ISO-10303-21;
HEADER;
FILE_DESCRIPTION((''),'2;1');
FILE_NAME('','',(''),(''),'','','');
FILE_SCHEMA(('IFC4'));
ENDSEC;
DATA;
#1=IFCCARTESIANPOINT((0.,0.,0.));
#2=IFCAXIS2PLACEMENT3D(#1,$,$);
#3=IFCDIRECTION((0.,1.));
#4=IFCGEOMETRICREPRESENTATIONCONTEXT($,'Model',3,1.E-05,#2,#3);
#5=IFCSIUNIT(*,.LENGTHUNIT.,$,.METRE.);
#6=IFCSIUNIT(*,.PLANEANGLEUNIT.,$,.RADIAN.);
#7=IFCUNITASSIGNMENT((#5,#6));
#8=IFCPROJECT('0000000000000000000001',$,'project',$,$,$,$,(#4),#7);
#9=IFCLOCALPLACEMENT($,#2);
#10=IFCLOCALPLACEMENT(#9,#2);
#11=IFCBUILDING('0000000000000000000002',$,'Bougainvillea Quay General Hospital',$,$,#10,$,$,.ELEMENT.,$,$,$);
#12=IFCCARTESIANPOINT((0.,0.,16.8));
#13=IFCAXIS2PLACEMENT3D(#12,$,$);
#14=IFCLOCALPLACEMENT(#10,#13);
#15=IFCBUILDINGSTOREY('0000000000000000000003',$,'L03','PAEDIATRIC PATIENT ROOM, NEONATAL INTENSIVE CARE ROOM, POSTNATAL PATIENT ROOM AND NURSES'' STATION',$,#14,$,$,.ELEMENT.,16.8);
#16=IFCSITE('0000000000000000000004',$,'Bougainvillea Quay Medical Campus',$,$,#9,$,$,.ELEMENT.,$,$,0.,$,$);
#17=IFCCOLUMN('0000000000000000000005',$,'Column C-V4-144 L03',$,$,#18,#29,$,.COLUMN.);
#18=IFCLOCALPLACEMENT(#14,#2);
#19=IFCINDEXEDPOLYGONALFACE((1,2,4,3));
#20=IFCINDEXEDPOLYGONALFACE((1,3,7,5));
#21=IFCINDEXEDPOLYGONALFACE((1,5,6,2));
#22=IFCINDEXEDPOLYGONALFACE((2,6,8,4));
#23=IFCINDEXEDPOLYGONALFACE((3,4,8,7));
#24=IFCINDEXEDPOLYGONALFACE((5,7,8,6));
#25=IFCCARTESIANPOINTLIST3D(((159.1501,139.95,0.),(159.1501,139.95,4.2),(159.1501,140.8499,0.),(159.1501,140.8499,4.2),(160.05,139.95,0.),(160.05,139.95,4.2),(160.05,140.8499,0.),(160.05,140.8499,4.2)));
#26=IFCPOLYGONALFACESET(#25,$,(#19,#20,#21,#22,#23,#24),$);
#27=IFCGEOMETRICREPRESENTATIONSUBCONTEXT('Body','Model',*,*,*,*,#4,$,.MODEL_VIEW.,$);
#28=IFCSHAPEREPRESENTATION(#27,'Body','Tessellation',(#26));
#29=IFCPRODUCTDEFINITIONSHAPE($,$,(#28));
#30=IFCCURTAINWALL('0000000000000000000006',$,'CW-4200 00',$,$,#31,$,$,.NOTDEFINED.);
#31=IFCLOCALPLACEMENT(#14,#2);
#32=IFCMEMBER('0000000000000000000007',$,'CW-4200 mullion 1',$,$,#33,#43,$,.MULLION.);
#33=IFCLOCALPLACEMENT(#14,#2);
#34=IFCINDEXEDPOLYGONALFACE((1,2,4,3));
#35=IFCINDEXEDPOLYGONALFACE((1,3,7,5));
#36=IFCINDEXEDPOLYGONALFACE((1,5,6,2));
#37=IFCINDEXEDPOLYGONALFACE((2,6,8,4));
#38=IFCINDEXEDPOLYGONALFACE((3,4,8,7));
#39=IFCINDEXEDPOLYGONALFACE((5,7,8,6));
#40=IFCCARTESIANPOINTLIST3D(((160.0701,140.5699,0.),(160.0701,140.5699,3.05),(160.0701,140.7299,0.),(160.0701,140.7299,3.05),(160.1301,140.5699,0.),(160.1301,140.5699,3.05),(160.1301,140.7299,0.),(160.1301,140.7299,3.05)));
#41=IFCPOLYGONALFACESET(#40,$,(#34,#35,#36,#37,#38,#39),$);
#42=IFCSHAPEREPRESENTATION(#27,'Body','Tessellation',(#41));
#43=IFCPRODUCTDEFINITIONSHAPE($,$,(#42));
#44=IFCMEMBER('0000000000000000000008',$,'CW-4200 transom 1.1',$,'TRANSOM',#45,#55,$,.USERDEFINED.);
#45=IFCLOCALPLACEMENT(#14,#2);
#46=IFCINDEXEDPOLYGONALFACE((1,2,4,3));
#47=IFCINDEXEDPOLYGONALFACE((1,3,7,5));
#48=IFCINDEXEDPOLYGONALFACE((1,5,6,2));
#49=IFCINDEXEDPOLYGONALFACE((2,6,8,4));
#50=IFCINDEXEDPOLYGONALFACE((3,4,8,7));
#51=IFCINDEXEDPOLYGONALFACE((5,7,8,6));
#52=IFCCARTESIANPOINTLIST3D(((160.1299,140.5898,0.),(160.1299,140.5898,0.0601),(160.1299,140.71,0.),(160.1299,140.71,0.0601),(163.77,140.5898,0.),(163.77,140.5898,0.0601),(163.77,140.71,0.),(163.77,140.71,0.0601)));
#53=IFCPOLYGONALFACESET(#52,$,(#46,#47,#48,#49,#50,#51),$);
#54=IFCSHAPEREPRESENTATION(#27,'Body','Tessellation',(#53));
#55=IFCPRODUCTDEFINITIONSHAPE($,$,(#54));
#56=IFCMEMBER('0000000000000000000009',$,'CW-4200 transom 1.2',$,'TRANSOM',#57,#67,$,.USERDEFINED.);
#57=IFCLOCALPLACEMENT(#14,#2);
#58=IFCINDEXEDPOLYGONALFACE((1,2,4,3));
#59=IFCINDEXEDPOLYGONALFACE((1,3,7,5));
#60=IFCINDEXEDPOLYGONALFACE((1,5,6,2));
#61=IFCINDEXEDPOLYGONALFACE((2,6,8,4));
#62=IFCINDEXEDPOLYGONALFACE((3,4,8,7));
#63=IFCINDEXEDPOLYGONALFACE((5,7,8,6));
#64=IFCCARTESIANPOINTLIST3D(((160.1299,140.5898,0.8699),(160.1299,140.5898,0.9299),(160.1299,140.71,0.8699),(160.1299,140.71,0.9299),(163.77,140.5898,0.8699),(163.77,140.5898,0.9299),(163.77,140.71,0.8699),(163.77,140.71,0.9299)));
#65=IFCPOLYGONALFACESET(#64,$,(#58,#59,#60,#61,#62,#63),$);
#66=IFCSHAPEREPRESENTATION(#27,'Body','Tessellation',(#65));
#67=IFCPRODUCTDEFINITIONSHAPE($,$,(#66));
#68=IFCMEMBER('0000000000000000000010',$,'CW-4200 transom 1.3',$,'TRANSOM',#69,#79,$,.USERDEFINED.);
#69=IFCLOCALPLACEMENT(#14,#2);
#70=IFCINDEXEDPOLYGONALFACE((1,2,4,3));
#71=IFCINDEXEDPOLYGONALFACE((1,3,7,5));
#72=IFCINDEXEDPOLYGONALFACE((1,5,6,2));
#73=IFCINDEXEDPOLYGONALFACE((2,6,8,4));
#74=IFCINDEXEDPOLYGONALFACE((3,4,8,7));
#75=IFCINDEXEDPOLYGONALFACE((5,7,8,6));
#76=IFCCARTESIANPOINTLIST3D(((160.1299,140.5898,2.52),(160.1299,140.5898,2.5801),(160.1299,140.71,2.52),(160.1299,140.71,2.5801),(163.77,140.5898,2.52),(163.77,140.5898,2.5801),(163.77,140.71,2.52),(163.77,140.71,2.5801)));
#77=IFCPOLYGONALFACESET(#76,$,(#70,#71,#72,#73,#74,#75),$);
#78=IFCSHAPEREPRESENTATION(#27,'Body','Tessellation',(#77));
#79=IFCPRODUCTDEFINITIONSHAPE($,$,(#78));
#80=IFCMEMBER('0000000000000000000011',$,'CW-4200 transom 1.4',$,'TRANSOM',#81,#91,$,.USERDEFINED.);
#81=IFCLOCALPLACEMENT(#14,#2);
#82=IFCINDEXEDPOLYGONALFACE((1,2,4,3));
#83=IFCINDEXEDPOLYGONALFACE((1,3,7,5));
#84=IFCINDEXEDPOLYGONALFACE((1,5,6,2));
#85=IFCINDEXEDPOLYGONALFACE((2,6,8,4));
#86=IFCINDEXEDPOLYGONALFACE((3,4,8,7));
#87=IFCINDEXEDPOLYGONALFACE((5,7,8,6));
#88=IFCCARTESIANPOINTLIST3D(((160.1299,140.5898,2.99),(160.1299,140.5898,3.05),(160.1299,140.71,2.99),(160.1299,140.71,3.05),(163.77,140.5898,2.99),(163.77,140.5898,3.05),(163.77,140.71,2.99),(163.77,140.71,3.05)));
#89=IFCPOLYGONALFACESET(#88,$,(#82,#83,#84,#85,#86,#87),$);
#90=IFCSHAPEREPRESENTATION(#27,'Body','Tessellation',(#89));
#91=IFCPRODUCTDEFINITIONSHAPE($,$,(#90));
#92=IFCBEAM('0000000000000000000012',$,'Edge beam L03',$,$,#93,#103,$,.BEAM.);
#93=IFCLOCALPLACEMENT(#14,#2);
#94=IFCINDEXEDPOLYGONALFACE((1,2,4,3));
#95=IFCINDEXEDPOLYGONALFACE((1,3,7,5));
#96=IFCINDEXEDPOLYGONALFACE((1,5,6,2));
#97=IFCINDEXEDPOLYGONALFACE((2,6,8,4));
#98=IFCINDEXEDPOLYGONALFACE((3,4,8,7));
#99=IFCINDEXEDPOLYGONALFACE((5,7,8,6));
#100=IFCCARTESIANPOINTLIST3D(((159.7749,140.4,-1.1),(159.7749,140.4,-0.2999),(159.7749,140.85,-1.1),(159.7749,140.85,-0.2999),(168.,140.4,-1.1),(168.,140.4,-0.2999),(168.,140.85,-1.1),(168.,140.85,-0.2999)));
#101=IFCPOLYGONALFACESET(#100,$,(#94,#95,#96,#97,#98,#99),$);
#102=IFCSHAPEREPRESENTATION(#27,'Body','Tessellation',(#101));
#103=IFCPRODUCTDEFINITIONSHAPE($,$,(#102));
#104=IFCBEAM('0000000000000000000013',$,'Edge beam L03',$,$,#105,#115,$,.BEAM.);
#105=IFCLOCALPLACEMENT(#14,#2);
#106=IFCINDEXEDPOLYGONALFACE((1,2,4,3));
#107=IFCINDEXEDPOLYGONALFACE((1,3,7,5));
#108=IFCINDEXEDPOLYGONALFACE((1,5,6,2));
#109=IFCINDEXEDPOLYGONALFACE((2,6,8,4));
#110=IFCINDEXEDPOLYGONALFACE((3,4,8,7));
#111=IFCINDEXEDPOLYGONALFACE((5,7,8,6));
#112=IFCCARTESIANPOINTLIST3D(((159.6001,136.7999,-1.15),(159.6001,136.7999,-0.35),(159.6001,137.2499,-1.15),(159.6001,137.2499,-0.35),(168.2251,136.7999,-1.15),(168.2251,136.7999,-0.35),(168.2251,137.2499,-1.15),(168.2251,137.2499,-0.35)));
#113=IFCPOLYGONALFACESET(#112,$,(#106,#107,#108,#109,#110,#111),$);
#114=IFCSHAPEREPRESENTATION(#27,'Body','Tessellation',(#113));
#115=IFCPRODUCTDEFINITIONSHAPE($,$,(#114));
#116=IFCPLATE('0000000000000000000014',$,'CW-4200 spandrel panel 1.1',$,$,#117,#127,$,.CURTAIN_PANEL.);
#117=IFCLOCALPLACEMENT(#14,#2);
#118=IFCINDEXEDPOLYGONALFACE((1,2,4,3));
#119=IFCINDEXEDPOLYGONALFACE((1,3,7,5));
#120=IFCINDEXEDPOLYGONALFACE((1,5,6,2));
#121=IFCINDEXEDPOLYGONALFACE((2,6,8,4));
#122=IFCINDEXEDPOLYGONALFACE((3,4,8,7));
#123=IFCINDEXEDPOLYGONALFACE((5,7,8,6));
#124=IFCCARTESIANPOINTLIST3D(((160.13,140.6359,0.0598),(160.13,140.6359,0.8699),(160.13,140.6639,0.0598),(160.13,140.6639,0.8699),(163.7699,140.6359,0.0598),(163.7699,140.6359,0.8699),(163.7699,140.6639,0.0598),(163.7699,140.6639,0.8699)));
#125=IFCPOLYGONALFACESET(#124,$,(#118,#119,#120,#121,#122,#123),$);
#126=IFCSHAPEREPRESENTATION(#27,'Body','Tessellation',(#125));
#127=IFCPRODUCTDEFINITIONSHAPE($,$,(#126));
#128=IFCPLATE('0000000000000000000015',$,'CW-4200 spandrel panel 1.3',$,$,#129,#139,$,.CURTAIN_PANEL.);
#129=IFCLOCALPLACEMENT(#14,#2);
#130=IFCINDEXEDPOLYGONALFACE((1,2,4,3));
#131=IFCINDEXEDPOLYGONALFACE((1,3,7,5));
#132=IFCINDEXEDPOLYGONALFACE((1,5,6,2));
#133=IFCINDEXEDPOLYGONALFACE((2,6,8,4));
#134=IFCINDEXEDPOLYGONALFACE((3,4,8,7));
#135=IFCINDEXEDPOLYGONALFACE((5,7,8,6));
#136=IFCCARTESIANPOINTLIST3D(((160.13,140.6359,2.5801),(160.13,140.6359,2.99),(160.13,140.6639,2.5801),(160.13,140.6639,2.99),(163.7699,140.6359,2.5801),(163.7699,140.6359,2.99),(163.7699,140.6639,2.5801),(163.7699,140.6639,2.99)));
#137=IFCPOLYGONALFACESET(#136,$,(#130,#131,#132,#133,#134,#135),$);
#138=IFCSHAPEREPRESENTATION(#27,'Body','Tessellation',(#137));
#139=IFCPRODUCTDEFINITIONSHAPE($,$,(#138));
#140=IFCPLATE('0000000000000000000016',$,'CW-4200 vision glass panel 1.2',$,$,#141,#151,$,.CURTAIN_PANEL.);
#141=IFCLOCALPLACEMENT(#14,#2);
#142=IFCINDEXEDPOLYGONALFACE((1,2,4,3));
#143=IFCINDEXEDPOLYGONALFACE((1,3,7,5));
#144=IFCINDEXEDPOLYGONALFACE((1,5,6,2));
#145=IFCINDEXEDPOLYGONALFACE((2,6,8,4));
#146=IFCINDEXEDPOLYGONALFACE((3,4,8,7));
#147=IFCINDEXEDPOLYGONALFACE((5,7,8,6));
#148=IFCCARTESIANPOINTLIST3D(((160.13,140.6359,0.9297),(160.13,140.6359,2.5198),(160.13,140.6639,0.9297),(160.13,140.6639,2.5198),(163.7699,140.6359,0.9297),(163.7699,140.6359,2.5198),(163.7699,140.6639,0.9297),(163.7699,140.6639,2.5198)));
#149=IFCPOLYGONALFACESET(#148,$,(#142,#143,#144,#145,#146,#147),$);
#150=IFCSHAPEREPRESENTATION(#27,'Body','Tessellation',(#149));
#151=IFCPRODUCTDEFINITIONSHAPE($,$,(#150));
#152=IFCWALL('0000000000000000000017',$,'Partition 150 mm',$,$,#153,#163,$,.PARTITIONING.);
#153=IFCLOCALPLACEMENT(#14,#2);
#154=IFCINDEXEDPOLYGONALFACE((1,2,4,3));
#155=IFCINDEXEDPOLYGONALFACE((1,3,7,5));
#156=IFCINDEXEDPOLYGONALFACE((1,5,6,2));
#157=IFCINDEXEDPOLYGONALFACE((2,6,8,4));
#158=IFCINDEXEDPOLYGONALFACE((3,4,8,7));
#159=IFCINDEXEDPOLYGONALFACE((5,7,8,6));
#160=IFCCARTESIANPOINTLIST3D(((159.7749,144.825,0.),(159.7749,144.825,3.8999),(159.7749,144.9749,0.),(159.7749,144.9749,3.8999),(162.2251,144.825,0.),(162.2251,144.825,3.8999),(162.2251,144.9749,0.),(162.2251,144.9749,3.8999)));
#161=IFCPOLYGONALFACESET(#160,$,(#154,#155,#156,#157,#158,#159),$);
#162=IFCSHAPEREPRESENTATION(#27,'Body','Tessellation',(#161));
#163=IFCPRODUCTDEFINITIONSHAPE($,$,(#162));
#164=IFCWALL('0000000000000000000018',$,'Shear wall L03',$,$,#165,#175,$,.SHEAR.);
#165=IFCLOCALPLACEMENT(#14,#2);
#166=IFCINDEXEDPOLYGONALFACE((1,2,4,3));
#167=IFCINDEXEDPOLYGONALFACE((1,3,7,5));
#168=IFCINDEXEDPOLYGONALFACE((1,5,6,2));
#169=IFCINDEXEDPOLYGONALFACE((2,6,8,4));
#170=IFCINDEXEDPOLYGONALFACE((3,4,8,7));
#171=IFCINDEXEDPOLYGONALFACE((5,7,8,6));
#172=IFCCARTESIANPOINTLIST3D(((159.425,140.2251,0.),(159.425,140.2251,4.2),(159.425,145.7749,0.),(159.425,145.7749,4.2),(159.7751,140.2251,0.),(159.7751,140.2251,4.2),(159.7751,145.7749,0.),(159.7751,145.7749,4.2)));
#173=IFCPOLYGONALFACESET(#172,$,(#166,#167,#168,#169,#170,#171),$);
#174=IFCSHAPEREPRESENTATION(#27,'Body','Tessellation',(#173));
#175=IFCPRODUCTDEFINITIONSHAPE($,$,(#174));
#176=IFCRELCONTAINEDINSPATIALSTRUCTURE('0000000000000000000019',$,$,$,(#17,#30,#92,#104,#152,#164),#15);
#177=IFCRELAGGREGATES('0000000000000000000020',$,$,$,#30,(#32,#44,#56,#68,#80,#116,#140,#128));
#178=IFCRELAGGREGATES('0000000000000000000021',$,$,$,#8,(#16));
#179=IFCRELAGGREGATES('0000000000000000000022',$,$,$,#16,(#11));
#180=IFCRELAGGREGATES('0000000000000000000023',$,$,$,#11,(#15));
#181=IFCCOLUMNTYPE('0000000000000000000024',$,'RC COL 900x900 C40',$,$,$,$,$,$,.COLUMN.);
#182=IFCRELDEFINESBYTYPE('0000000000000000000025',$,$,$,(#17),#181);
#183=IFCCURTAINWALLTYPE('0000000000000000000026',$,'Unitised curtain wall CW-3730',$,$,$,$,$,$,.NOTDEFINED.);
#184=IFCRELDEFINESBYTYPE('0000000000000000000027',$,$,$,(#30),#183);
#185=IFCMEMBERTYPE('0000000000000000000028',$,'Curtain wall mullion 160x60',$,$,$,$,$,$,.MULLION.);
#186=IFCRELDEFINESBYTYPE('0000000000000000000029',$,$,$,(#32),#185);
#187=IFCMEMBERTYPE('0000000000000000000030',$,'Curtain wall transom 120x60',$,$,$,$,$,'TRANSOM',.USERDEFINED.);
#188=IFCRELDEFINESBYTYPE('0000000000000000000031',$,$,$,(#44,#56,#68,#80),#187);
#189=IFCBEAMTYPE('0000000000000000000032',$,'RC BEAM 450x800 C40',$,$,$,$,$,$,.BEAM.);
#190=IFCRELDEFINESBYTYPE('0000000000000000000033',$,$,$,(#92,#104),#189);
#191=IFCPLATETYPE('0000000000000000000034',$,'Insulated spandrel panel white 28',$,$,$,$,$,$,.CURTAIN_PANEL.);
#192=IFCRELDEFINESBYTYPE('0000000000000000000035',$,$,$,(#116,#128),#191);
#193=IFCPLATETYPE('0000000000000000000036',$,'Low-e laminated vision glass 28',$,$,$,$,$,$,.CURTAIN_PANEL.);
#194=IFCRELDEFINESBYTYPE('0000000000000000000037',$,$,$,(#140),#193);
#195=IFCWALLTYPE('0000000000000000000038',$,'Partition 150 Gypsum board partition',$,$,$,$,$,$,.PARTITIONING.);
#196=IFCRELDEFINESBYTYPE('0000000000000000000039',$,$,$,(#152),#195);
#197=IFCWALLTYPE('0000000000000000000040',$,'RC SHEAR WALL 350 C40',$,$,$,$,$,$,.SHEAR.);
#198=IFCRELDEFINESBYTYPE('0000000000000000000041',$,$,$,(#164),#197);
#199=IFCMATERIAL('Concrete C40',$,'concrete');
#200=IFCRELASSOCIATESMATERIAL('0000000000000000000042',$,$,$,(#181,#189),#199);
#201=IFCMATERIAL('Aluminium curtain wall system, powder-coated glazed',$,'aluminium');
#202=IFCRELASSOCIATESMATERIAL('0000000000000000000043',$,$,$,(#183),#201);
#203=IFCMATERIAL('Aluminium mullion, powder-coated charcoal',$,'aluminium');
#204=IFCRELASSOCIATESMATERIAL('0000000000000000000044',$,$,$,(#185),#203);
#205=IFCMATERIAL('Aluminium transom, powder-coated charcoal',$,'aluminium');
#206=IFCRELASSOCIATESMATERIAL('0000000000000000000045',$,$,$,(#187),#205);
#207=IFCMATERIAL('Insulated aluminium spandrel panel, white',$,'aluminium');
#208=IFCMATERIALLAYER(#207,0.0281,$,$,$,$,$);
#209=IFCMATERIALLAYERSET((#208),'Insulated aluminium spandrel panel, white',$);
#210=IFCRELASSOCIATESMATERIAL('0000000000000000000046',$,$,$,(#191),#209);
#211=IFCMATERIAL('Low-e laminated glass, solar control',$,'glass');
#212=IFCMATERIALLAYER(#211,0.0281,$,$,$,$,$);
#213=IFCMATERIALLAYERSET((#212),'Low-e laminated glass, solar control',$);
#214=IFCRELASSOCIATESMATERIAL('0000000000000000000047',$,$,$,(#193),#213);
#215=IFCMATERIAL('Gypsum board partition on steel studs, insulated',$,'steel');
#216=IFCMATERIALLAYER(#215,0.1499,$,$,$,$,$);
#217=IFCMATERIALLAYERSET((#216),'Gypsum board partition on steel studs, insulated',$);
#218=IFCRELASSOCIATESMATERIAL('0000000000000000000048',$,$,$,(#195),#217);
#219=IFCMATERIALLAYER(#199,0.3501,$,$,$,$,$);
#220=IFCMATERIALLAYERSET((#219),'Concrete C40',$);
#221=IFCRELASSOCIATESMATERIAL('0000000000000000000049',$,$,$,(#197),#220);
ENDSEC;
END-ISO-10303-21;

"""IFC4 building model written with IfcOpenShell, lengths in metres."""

from ifc_helpers import new_model, si_unit, direction, frame, frame_2d, origin, origin_2d, place, context, subcontext, project, spatial, rectangle, extrude, material, layer, layer_set, material_profile, profile_set, type_object, element, aggregate, save


model = new_model("IFC4")

# Units and contexts
model_context = context("Model", 3, precision=1e-05, world=origin(), true_north=direction((0.0, 1.0)))
body_context = subcontext(model_context, "Body", "Model", "MODEL_VIEW")
ifc_project = project(units=[si_unit("LENGTHUNIT", "METRE"), si_unit("PLANEANGLEUNIT", "RADIAN")], contexts=[model_context])

# Site, building, storey
site_placement = place(None, origin())
site = spatial("IfcSite", under=ifc_project, at=site_placement, Name="Bougainvillea Quay Medical Campus", CompositionType="ELEMENT", RefElevation=0.0)
building_placement = place(site_placement, origin())
building = spatial("IfcBuilding", under=site, at=building_placement, Name="Bougainvillea Quay General Hospital", CompositionType="ELEMENT")
storey_placement = place(building_placement, frame((0.0, 0.0, 16.8)))
storey = spatial("IfcBuildingStorey", under=building, at=storey_placement, Name="L03", Description="PAEDIATRIC PATIENT ROOM, NEONATAL INTENSIVE CARE ROOM, POSTNATAL PATIENT ROOM AND NURSES' STATION", CompositionType="ELEMENT", Elevation=16.8)

# Column
ifc_material_1 = material(Name="Concrete C40", Category="concrete")
ifc_material_profile_1 = material_profile(ifc_material_1, rectangle(XDim=0.8999, YDim=0.8999, at=origin_2d()))
ifc_profile_set_1 = profile_set([ifc_material_profile_1], Name="Concrete C40")
column_type = type_object("IfcColumnType", Name="RC COL 900x900 C40", PredefinedType="COLUMN", material=ifc_profile_set_1)
column_placement = place(storey_placement, frame((159.6001, 140.3999, 0.0), z_axis=(0.0, 0.0, 1.0), x_axis=(1.0, 0.0, 0.0)))
element("IfcColumn", 1, at=column_placement, inside=storey, type_object=column_type, Name="Column C-V4-144 L03", PredefinedType="COLUMN", context=body_context, shape_type="SweptSolid", body=[
    extrude(rectangle(XDim=0.8999, YDim=0.8999, at=origin_2d()), origin(), (0.0, 0.0, 1.0), 4.2),
])

# Curtain wall, members
ifc_material_2 = material(Name="Aluminium curtain wall system, powder-coated glazed", Category="aluminium")
curtain_wall_type = type_object("IfcCurtainWallType", Name="Unitised curtain wall CW-3730", PredefinedType="NOTDEFINED", material=ifc_material_2)
curtain_wall_placement = place(storey_placement, origin())
curtain_wall = element("IfcCurtainWall", 2, at=curtain_wall_placement, inside=storey, type_object=curtain_wall_type, Name="CW-4200 00", PredefinedType="NOTDEFINED")
ifc_material_3 = material(Name="Aluminium mullion, powder-coated charcoal", Category="aluminium")
ifc_material_profile_2 = material_profile(ifc_material_3, rectangle(XDim=0.1599, YDim=0.0601, at=origin_2d()))
ifc_profile_set_2 = profile_set([ifc_material_profile_2], Name="Aluminium mullion, powder-coated charcoal")
member_type_1 = type_object("IfcMemberType", Name="Curtain wall mullion 160x60", PredefinedType="MULLION", material=ifc_profile_set_2)
member_1_placement = place(storey_placement, frame((160.1001, 140.6499, 0.0), z_axis=(0.0, 0.0, 1.0), x_axis=(0.0, 1.0, 0.0)))
member_1 = element("IfcMember", 3, at=member_1_placement, type_object=member_type_1, Name="CW-4200 mullion 1", PredefinedType="MULLION", context=body_context, shape_type="SweptSolid", body=[
    extrude(rectangle(XDim=0.1599, YDim=0.0601, at=origin_2d()), origin(), (0.0, 0.0, 1.0), 3.05),
])
ifc_material_4 = material(Name="Aluminium transom, powder-coated charcoal", Category="aluminium")
ifc_material_profile_3 = material_profile(ifc_material_4, rectangle(XDim=0.1201, YDim=0.0601, at=origin_2d()))
ifc_profile_set_3 = profile_set([ifc_material_profile_3], Name="Aluminium transom, powder-coated charcoal")
member_type_2 = type_object("IfcMemberType", Name="Curtain wall transom 120x60", ElementType="TRANSOM", PredefinedType="USERDEFINED", material=ifc_profile_set_3)
member_2_placement = place(storey_placement, frame((160.1299, 140.6499, 0.03), z_axis=(1.0, 0.0, 0.0), x_axis=(0.0, 1.0, 0.0)))
member_2 = element("IfcMember", 4, at=member_2_placement, type_object=member_type_2, Name="CW-4200 transom 1.1", ObjectType="TRANSOM", PredefinedType="USERDEFINED", context=body_context, shape_type="SweptSolid", body=[
    extrude(rectangle(XDim=0.1201, YDim=0.0601, at=origin_2d()), origin(), (0.0, 0.0, 1.0), 3.6401),
])
member_3_placement = place(storey_placement, frame((160.1299, 140.6499, 0.8999), z_axis=(1.0, 0.0, 0.0), x_axis=(0.0, 1.0, 0.0)))
member_3 = element("IfcMember", 5, at=member_3_placement, type_object=member_type_2, Name="CW-4200 transom 1.2", ObjectType="TRANSOM", PredefinedType="USERDEFINED", context=body_context, shape_type="SweptSolid", body=[
    extrude(rectangle(XDim=0.1201, YDim=0.0601, at=origin_2d()), origin(), (0.0, 0.0, 1.0), 3.6401),
])
member_4_placement = place(storey_placement, frame((160.1299, 140.6499, 2.55), z_axis=(1.0, 0.0, 0.0), x_axis=(0.0, 1.0, 0.0)))
member_4 = element("IfcMember", 6, at=member_4_placement, type_object=member_type_2, Name="CW-4200 transom 1.3", ObjectType="TRANSOM", PredefinedType="USERDEFINED", context=body_context, shape_type="SweptSolid", body=[
    extrude(rectangle(XDim=0.1201, YDim=0.0601, at=origin_2d()), origin(), (0.0, 0.0, 1.0), 3.6401),
])
member_5_placement = place(storey_placement, frame((160.1299, 140.6499, 3.02), z_axis=(1.0, 0.0, 0.0), x_axis=(0.0, 1.0, 0.0)))
member_5 = element("IfcMember", 7, at=member_5_placement, type_object=member_type_2, Name="CW-4200 transom 1.4", ObjectType="TRANSOM", PredefinedType="USERDEFINED", context=body_context, shape_type="SweptSolid", body=[
    extrude(rectangle(XDim=0.1201, YDim=0.0601, at=origin_2d()), origin(), (0.0, 0.0, 1.0), 3.6401),
])

# Beams
ifc_material_profile_4 = material_profile(ifc_material_1, rectangle(XDim=0.45, YDim=0.8, at=origin_2d()))
ifc_profile_set_4 = profile_set([ifc_material_profile_4], Name="Concrete C40")
beam_type = type_object("IfcBeamType", Name="RC BEAM 450x800 C40", PredefinedType="BEAM", material=ifc_profile_set_4)
beam_1_placement = place(storey_placement, frame((159.7749, 140.625, -0.7), z_axis=(1.0, 0.0, 0.0), x_axis=(0.0, 1.0, 0.0)))
element("IfcBeam", 8, at=beam_1_placement, inside=storey, type_object=beam_type, Name="Edge beam L03", PredefinedType="BEAM", context=body_context, shape_type="SweptSolid", body=[
    extrude(rectangle(XDim=0.45, YDim=0.8, at=origin_2d()), origin(), (0.0, 0.0, 1.0), 8.2251),
])
beam_2_placement = place(storey_placement, frame((159.6001, 137.0249, -0.75), z_axis=(1.0, 0.0, 0.0), x_axis=(0.0, 1.0, 0.0)))
element("IfcBeam", 9, at=beam_2_placement, inside=storey, type_object=beam_type, Name="Edge beam L03", PredefinedType="BEAM", context=body_context, shape_type="SweptSolid", body=[
    extrude(rectangle(XDim=0.45, YDim=0.8, at=origin_2d()), origin(), (0.0, 0.0, 1.0), 8.625),
])

# Plates
ifc_material_5 = material(Name="Insulated aluminium spandrel panel, white", Category="aluminium")
ifc_layer_1 = layer(ifc_material_5, 0.0281)
ifc_layer_set_1 = layer_set([ifc_layer_1], Name="Insulated aluminium spandrel panel, white")
plate_type_1 = type_object("IfcPlateType", Name="Insulated spandrel panel white 28", PredefinedType="CURTAIN_PANEL", material=ifc_layer_set_1)
plate_1_placement = place(storey_placement, frame((161.95, 140.6499, 0.0598), z_axis=(0.0, 0.0, 1.0), x_axis=(1.0, 0.0, 0.0)))
plate_1 = element("IfcPlate", 10, at=plate_1_placement, type_object=plate_type_1, Name="CW-4200 spandrel panel 1.1", PredefinedType="CURTAIN_PANEL", context=body_context, shape_type="SweptSolid", body=[
    extrude(rectangle(XDim=3.6399, YDim=0.0281, at=origin_2d()), origin(), (0.0, 0.0, 1.0), 0.8101),
])
plate_2_placement = place(storey_placement, frame((161.95, 140.6499, 2.5801), z_axis=(0.0, 0.0, 1.0), x_axis=(1.0, 0.0, 0.0)))
plate_2 = element("IfcPlate", 11, at=plate_2_placement, type_object=plate_type_1, Name="CW-4200 spandrel panel 1.3", PredefinedType="CURTAIN_PANEL", context=body_context, shape_type="SweptSolid", body=[
    extrude(rectangle(XDim=3.6399, YDim=0.0281, at=origin_2d()), origin(), (0.0, 0.0, 1.0), 0.4099),
])
ifc_material_6 = material(Name="Low-e laminated glass, solar control", Category="glass")
ifc_layer_2 = layer(ifc_material_6, 0.0281)
ifc_layer_set_2 = layer_set([ifc_layer_2], Name="Low-e laminated glass, solar control")
plate_type_2 = type_object("IfcPlateType", Name="Low-e laminated vision glass 28", PredefinedType="CURTAIN_PANEL", material=ifc_layer_set_2)
plate_3_placement = place(storey_placement, frame((161.95, 140.6499, 0.9297), z_axis=(0.0, 0.0, 1.0), x_axis=(1.0, 0.0, 0.0)))
plate_3 = element("IfcPlate", 12, at=plate_3_placement, type_object=plate_type_2, Name="CW-4200 vision glass panel 1.2", PredefinedType="CURTAIN_PANEL", context=body_context, shape_type="SweptSolid", body=[
    extrude(rectangle(XDim=3.6399, YDim=0.0281, at=origin_2d()), origin(), (0.0, 0.0, 1.0), 1.5901),
])
aggregate(curtain_wall, [member_1, member_2, member_3, member_4, member_5, plate_1, plate_3, plate_2])

# Walls
ifc_material_7 = material(Name="Gypsum board partition on steel studs, insulated", Category="steel")
ifc_layer_3 = layer(ifc_material_7, 0.1499)
ifc_layer_set_3 = layer_set([ifc_layer_3], Name="Gypsum board partition on steel studs, insulated")
wall_type_1 = type_object("IfcWallType", Name="Partition 150 Gypsum board partition", PredefinedType="PARTITIONING", material=ifc_layer_set_3)
wall_1_placement = place(storey_placement, frame((159.7749, 144.8999, 0.0), z_axis=(0.0, 0.0, 1.0), x_axis=(1.0, 0.0, 0.0)))
element("IfcWall", 13, at=wall_1_placement, inside=storey, type_object=wall_type_1, Name="Partition 150 mm", PredefinedType="PARTITIONING", context=body_context, shape_type="SweptSolid", body=[
    extrude(rectangle(XDim=2.4502, YDim=0.1499, at=frame_2d((1.2251, 0.0))), origin(), (0.0, 0.0, 1.0), 3.8999),
])
ifc_layer_4 = layer(ifc_material_1, 0.3501)
ifc_layer_set_4 = layer_set([ifc_layer_4], Name="Concrete C40")
wall_type_2 = type_object("IfcWallType", Name="RC SHEAR WALL 350 C40", PredefinedType="SHEAR", material=ifc_layer_set_4)
wall_2_placement = place(storey_placement, frame((159.6001, 140.2251, 0.0), z_axis=(0.0, 0.0, 1.0), x_axis=(0.0, 1.0, 0.0)))
element("IfcWall", 14, at=wall_2_placement, inside=storey, type_object=wall_type_2, Name="Shear wall L03", PredefinedType="SHEAR", context=body_context, shape_type="SweptSolid", body=[
    extrude(rectangle(XDim=5.5498, YDim=0.3501, at=frame_2d((2.7749, 0.0))), origin(), (0.0, 0.0, 1.0), 4.2),
])

save(model, "model.ifc")
